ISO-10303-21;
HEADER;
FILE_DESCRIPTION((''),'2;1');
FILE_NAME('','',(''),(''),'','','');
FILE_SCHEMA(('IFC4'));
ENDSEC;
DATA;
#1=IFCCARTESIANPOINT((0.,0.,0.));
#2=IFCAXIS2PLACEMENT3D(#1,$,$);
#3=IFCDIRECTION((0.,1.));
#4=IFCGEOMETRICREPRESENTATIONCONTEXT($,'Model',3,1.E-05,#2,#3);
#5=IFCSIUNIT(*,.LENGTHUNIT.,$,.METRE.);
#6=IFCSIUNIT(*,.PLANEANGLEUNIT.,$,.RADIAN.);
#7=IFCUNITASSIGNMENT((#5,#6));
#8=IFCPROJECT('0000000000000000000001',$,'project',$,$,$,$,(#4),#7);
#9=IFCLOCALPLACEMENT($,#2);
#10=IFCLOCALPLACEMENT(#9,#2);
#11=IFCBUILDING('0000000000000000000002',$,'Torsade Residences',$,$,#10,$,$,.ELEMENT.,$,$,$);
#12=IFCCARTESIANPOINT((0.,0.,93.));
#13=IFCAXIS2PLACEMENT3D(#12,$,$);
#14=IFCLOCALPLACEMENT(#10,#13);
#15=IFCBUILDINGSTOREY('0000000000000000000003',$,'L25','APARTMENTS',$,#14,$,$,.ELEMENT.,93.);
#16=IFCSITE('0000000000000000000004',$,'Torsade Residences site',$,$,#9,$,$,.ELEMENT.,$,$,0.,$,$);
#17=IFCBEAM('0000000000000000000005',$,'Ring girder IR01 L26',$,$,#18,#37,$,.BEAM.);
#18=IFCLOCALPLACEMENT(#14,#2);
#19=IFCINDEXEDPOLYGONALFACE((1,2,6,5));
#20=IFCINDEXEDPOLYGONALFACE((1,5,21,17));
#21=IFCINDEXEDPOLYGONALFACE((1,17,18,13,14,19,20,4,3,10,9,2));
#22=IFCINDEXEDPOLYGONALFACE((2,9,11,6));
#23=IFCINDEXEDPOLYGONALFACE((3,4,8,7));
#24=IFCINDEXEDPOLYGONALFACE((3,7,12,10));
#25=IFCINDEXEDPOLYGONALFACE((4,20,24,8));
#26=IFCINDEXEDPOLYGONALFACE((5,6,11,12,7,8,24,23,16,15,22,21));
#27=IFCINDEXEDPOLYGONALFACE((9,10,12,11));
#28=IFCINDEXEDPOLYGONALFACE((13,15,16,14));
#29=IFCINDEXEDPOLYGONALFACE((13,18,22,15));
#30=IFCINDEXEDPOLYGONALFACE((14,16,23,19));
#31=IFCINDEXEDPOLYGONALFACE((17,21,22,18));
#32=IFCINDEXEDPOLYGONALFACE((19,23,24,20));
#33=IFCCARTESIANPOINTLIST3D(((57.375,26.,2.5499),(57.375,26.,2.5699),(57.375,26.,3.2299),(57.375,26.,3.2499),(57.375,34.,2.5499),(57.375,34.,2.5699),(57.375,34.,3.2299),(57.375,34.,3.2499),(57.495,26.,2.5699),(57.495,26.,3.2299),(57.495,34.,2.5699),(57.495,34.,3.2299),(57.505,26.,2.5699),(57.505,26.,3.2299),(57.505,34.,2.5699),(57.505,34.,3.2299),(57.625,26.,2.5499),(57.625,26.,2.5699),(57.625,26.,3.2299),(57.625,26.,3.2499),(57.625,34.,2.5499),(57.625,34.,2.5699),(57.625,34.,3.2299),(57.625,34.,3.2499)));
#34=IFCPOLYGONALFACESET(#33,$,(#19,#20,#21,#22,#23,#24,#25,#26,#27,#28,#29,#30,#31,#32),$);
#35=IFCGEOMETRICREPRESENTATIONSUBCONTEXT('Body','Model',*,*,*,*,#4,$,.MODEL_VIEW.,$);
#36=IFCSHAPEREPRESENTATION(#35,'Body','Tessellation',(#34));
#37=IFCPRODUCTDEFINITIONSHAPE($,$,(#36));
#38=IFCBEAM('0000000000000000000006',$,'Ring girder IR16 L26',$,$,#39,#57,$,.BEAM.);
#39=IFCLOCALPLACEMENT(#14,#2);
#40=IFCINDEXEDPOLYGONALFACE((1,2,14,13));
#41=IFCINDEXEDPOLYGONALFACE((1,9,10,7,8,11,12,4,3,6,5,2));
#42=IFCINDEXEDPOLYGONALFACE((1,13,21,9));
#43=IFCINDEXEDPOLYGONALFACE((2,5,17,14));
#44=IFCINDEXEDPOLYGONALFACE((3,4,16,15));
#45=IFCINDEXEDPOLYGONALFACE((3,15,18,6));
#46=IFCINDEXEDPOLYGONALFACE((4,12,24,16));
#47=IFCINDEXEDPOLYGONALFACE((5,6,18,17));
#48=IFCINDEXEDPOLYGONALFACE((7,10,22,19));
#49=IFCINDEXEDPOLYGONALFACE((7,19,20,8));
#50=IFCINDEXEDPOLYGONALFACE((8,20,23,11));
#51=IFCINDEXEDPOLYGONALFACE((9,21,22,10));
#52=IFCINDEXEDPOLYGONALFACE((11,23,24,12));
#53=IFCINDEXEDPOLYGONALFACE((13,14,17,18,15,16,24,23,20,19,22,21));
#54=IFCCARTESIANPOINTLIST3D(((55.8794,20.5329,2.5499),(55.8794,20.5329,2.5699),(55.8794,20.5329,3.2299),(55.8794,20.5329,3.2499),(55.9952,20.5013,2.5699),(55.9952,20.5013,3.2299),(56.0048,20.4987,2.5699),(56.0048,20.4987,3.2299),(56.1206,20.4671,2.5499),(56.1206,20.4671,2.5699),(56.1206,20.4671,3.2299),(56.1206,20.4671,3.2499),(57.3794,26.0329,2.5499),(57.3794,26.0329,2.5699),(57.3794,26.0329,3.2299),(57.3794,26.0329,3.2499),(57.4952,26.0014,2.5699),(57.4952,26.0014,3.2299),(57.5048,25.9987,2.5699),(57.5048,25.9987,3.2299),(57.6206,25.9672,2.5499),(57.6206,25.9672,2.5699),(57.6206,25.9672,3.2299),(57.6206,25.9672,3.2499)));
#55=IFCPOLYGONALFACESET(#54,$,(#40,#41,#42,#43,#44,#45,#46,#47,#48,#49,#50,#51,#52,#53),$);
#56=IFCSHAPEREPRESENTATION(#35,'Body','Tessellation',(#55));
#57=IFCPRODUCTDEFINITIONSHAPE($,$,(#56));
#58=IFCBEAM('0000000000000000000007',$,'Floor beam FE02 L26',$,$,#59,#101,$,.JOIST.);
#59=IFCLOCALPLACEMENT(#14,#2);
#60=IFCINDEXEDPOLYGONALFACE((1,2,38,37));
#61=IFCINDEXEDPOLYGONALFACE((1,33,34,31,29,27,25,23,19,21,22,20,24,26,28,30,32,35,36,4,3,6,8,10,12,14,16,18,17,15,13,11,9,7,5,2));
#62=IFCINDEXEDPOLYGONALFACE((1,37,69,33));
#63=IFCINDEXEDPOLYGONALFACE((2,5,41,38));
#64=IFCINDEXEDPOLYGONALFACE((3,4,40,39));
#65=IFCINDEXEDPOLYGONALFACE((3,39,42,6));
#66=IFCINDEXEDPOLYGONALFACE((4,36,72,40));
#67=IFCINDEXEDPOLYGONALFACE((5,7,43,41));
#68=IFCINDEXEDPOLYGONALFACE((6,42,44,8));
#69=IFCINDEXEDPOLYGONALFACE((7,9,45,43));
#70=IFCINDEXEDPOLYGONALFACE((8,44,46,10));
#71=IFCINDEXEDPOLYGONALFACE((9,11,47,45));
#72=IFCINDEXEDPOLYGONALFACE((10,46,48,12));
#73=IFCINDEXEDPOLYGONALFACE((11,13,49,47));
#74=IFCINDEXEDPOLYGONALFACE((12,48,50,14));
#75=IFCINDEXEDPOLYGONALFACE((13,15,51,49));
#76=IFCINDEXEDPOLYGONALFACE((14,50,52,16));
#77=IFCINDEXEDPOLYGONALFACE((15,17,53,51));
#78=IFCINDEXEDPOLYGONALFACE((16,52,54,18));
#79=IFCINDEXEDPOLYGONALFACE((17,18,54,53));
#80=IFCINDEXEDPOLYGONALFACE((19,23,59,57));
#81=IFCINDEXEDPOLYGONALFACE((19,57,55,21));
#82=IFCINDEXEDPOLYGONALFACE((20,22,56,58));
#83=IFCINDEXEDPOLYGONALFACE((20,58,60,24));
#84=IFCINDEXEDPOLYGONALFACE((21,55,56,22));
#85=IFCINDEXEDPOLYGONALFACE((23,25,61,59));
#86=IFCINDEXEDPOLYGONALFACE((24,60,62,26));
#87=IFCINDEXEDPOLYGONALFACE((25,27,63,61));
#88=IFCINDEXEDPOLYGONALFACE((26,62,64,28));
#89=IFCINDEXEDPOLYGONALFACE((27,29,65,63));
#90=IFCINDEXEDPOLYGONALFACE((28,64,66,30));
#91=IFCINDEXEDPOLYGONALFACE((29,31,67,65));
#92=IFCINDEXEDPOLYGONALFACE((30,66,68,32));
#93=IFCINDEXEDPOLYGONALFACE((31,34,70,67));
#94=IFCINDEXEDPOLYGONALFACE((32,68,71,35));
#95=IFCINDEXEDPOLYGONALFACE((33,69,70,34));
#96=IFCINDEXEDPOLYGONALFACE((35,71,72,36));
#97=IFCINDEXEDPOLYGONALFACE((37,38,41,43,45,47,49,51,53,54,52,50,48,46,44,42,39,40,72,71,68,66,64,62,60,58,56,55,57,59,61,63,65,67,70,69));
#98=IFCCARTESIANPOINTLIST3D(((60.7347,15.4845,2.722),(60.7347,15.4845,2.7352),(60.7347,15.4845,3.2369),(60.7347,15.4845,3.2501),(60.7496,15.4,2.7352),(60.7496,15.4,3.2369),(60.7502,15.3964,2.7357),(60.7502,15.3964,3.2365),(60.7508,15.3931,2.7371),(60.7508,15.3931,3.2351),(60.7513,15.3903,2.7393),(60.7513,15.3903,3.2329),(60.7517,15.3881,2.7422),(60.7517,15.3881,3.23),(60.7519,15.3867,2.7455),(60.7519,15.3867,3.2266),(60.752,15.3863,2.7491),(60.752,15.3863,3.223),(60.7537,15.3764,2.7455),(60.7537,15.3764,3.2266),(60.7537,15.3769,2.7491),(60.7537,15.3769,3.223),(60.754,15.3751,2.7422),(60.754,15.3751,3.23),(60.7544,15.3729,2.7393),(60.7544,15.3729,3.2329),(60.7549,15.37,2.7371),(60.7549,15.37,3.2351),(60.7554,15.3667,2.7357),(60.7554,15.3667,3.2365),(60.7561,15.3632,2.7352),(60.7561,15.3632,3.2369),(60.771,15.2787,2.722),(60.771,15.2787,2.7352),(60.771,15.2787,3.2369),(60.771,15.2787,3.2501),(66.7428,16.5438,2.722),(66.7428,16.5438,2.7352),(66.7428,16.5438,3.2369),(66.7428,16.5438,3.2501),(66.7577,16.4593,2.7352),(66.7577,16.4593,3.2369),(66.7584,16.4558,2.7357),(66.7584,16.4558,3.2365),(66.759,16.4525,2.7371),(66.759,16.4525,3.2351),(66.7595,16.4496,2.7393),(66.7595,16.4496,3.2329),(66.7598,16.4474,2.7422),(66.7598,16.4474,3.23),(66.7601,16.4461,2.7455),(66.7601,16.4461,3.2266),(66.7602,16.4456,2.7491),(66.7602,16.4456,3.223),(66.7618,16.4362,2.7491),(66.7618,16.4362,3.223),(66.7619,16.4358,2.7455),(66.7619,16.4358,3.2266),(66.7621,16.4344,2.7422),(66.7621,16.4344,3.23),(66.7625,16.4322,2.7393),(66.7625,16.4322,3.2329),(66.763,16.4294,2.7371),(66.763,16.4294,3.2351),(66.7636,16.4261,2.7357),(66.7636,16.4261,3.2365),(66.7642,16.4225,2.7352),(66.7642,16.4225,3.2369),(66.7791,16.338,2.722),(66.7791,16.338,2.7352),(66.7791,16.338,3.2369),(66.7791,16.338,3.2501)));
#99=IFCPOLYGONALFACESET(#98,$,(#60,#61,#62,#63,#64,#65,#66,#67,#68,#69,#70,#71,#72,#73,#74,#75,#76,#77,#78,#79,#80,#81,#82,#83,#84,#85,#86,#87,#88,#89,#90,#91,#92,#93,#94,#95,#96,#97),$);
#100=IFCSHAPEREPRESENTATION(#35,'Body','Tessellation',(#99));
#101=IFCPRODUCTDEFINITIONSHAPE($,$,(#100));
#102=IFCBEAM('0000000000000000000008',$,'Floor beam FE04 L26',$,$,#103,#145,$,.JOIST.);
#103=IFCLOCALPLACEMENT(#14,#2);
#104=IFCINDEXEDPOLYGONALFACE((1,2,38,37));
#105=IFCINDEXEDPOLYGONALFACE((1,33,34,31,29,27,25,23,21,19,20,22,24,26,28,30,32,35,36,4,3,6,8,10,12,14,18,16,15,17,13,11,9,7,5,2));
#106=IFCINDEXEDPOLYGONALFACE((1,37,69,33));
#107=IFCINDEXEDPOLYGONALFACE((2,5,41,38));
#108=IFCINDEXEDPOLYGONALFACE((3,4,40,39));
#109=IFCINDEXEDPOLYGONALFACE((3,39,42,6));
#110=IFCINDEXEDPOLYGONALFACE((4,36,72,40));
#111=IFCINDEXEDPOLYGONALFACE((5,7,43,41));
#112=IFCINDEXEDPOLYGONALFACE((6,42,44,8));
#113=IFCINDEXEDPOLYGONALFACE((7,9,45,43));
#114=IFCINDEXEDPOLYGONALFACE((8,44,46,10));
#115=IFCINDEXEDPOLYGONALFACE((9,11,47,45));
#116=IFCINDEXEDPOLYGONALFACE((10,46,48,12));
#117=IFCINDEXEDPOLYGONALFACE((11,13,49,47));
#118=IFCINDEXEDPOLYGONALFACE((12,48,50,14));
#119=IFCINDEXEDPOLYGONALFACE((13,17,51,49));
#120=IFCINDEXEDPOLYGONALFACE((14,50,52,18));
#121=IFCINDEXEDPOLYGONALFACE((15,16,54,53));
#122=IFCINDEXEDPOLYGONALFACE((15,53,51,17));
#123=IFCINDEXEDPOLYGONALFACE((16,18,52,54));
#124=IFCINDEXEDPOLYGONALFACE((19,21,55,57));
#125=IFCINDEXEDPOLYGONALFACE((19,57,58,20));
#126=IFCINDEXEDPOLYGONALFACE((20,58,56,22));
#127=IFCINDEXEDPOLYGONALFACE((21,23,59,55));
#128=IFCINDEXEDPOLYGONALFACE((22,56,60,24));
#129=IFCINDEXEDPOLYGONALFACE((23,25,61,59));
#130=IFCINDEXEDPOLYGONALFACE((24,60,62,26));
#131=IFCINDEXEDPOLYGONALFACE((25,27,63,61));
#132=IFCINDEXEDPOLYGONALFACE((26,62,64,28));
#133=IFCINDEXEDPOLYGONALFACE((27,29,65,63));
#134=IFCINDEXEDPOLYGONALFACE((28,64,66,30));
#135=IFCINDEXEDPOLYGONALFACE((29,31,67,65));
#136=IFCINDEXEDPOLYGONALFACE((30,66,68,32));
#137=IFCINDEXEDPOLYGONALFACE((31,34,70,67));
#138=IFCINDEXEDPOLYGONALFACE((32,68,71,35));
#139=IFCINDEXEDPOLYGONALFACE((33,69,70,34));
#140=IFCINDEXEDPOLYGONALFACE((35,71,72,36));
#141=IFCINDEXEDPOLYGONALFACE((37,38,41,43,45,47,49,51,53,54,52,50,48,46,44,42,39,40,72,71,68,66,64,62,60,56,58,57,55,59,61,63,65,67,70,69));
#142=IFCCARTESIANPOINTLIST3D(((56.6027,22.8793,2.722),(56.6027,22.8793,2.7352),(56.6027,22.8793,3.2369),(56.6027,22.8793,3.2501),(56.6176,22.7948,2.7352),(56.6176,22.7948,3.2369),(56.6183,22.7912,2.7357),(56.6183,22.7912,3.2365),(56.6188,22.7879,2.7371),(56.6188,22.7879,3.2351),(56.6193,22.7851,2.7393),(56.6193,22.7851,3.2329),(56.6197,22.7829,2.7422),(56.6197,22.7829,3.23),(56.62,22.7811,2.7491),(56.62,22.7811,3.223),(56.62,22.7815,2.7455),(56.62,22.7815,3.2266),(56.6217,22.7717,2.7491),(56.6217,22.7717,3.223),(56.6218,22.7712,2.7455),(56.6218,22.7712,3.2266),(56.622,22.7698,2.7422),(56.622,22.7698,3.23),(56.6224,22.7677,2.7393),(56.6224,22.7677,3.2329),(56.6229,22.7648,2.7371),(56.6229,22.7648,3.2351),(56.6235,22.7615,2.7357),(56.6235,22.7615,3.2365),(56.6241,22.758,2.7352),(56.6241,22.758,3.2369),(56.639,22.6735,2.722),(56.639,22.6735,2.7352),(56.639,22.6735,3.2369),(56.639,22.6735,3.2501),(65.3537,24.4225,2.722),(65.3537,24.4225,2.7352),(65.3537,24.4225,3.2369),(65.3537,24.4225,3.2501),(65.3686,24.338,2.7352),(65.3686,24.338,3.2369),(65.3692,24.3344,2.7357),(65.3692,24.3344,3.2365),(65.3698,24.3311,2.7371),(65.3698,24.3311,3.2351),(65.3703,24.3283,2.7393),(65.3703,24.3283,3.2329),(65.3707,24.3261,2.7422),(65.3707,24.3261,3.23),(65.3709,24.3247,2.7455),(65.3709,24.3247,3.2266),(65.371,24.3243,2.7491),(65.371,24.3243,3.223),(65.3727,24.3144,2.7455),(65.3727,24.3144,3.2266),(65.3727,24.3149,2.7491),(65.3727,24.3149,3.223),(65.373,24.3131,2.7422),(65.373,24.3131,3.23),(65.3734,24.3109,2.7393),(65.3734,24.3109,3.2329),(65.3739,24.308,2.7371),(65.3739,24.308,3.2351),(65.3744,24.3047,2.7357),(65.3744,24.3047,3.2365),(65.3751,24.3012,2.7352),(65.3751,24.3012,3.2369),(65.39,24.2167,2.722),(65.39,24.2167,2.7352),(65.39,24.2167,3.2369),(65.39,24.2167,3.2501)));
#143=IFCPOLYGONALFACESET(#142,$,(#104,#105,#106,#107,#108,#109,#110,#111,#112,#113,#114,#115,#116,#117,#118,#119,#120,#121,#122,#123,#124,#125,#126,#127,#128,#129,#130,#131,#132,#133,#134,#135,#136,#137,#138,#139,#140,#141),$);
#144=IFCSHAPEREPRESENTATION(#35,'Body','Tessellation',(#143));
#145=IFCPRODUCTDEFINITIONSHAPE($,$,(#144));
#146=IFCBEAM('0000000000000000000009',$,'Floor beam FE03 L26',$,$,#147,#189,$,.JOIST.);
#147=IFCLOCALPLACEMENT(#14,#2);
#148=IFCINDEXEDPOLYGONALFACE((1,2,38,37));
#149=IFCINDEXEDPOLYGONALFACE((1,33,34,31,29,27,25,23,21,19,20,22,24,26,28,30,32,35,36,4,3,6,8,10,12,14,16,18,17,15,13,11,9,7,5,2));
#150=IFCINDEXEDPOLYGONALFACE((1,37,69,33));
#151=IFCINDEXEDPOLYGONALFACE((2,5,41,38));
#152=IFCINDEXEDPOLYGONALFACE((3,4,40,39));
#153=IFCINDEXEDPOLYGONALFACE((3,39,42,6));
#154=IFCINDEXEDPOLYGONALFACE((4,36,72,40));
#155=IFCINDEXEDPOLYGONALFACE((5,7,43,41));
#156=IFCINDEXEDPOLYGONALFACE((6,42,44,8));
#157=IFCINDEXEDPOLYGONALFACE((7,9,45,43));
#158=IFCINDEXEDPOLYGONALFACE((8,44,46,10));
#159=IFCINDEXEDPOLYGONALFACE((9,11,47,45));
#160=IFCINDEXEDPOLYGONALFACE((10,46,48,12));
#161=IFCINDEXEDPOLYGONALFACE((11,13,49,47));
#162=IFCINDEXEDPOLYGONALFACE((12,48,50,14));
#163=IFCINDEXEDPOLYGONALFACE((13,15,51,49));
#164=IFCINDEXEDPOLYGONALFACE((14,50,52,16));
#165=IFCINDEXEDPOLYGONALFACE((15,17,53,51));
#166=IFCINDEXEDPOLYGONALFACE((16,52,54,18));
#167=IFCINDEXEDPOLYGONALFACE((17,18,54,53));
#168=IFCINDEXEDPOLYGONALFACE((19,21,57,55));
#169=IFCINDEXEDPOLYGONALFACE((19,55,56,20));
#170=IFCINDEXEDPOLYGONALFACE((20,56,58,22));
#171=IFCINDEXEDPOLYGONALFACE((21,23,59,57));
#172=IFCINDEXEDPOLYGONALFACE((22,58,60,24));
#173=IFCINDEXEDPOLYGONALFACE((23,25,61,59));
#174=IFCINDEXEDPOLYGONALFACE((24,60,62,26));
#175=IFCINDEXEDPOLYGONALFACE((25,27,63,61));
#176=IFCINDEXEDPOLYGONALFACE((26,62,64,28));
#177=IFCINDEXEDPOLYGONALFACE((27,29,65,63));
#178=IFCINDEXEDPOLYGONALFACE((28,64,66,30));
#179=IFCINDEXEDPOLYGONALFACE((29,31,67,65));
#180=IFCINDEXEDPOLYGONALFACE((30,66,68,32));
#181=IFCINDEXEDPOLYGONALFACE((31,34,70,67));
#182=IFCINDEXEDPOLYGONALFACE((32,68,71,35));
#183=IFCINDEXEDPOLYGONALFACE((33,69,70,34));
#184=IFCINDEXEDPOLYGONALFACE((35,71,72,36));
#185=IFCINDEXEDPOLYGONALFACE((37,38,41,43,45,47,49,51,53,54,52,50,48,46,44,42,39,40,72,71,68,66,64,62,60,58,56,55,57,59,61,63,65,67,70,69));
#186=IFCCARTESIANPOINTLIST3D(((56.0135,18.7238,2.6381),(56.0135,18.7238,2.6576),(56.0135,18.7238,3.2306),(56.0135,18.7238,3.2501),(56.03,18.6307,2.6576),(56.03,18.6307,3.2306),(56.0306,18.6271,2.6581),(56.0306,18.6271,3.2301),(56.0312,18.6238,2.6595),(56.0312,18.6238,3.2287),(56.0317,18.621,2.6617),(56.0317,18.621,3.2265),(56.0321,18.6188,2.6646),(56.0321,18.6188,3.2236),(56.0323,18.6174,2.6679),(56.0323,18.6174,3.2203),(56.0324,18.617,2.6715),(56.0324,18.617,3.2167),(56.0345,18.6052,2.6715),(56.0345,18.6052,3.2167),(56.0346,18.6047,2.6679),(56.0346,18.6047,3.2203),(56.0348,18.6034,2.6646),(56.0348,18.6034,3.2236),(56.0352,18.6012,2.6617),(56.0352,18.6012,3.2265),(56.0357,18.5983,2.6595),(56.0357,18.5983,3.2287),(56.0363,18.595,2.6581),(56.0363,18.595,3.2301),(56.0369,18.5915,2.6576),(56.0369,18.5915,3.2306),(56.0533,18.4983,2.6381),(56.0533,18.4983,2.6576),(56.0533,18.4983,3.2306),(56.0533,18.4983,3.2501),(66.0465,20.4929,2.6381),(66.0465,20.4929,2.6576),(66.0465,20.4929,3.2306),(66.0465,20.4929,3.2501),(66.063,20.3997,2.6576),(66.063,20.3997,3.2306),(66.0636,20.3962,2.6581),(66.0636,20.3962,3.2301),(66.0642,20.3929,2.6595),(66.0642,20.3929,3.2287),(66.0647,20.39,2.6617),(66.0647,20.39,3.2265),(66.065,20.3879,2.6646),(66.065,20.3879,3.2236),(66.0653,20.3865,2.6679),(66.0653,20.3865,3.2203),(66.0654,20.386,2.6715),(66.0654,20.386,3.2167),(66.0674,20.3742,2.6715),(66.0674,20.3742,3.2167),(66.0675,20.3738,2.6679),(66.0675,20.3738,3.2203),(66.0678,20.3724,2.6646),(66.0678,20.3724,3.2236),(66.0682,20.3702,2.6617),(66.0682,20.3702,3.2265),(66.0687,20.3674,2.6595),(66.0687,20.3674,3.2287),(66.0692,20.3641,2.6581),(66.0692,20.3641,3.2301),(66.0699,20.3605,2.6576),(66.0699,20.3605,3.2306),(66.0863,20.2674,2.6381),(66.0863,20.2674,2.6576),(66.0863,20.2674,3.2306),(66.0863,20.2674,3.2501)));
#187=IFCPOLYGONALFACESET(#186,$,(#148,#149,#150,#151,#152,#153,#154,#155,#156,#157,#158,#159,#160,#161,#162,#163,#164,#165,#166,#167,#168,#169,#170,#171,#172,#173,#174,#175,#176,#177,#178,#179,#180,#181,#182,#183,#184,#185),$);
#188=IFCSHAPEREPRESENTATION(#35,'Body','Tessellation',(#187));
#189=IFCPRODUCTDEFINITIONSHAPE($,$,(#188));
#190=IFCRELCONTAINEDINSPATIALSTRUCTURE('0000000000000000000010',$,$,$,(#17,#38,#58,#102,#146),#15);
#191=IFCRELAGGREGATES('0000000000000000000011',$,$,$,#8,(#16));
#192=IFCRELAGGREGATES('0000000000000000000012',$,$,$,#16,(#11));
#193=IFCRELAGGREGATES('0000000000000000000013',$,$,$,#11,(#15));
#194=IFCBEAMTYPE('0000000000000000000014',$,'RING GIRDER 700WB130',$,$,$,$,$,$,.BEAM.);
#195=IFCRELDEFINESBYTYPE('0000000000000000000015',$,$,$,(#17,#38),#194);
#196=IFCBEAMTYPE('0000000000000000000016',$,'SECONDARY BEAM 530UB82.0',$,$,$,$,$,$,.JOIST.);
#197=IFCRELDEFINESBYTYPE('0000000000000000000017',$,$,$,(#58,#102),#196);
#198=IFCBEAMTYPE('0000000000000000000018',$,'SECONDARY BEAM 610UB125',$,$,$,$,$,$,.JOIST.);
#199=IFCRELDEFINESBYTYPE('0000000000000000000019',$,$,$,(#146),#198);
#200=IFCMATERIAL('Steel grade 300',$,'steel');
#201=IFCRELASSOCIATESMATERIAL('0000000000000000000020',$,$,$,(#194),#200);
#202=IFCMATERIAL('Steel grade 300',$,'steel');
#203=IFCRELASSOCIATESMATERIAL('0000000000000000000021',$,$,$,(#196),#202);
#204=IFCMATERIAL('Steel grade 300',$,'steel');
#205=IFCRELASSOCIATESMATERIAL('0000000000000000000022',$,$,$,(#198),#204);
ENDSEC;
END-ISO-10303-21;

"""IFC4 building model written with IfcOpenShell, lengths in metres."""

from ifc_helpers import new_model, si_unit, direction, frame, origin, origin_2d, place, context, subcontext, project, spatial, i_section, extrude, material, material_profile, profile_set, type_object, element, save


model = new_model("IFC4")

# Units and contexts
model_context = context("Model", 3, precision=1e-05, world=origin(), true_north=direction((0.0, 1.0)))
body_context = subcontext(model_context, "Body", "Model", "MODEL_VIEW")
ifc_project = project(units=[si_unit("LENGTHUNIT", "METRE"), si_unit("PLANEANGLEUNIT", "RADIAN")], contexts=[model_context])

# Site, building, storey
site_placement = place(None, origin())
site = spatial("IfcSite", under=ifc_project, at=site_placement, Name="Torsade Residences site", CompositionType="ELEMENT", RefElevation=0.0)
building_placement = place(site_placement, origin())
building = spatial("IfcBuilding", under=site, at=building_placement, Name="Torsade Residences", CompositionType="ELEMENT")
storey_placement = place(building_placement, frame((0.0, 0.0, 93.0)))
storey = spatial("IfcBuildingStorey", under=building, at=storey_placement, Name="L25", Description="APARTMENTS", CompositionType="ELEMENT", Elevation=93.0)

# Beams
ifc_material_1 = material(Name="Steel grade 300", Category="steel")
ifc_material_profile_1 = material_profile(ifc_material_1, i_section(OverallWidth=0.25, OverallDepth=0.7, WebThickness=0.01, FlangeThickness=0.02, at=origin_2d()), Name="700WB130")
ifc_profile_set_1 = profile_set([ifc_material_profile_1], Name="Steel grade 300")
beam_type_1 = type_object("IfcBeamType", Name="RING GIRDER 700WB130", PredefinedType="BEAM", material=ifc_profile_set_1)
beam_1_placement = place(storey_placement, frame((57.5, 26.0, 2.8999), z_axis=(0.0, 1.0, 0.0), x_axis=(-1.0, 0.0, 0.0)))
element("IfcBeam", 1, at=beam_1_placement, inside=storey, type_object=beam_type_1, Name="Ring girder IR01 L26", PredefinedType="BEAM", context=body_context, shape_type="SweptSolid", body=[
    extrude(i_section(OverallWidth=0.25, OverallDepth=0.7, WebThickness=0.01, FlangeThickness=0.02, at=origin_2d()), origin(), (0.0, 0.0, 1.0), 8.0),
])
beam_2_placement = place(storey_placement, frame((56.0, 20.5, 2.8999), z_axis=(0.263117, 0.964764, 0.0), x_axis=(-0.964764, 0.263117, 0.0)))
element("IfcBeam", 2, at=beam_2_placement, inside=storey, type_object=beam_type_1, Name="Ring girder IR16 L26", PredefinedType="BEAM", context=body_context, shape_type="SweptSolid", body=[
    extrude(i_section(OverallWidth=0.25, OverallDepth=0.7, WebThickness=0.01, FlangeThickness=0.02, at=origin_2d()), origin(), (0.0, 0.0, 1.0), 5.7009),
])
ifc_material_2 = material(Name="Steel grade 300", Category="steel")
ifc_material_profile_2 = material_profile(ifc_material_2, i_section(OverallWidth=0.209, OverallDepth=0.5281, WebThickness=0.0095, FlangeThickness=0.0132, FilletRadius=0.0139, at=origin_2d()), Name="530UB82.0")
ifc_profile_set_2 = profile_set([ifc_material_profile_2], Name="Steel grade 300")
beam_type_2 = type_object("IfcBeamType", Name="SECONDARY BEAM 530UB82.0", PredefinedType="JOIST", material=ifc_profile_set_2)
beam_3_placement = place(storey_placement, frame((66.761, 16.4409, 2.9861), z_axis=(-0.984809, -0.173639, 0.0), x_axis=(0.173639, -0.984809, 0.0)))
element("IfcBeam", 3, at=beam_3_placement, inside=storey, type_object=beam_type_2, Name="Floor beam FE02 L26", PredefinedType="JOIST", context=body_context, shape_type="SweptSolid", body=[
    extrude(i_section(OverallWidth=0.209, OverallDepth=0.5281, WebThickness=0.0095, FlangeThickness=0.0132, FilletRadius=0.0139, at=origin_2d()), origin(), (0.0, 0.0, 1.0), 6.1008),
])
beam_4_placement = place(storey_placement, frame((65.3718, 24.3196, 2.9861), z_axis=(-0.984804, -0.173668, 0.0), x_axis=(0.173668, -0.984804, 0.0)))
element("IfcBeam", 4, at=beam_4_placement, inside=storey, type_object=beam_type_2, Name="Floor beam FE04 L26", PredefinedType="JOIST", context=body_context, shape_type="SweptSolid", body=[
    extrude(i_section(OverallWidth=0.209, OverallDepth=0.5281, WebThickness=0.0095, FlangeThickness=0.0132, FilletRadius=0.0139, at=origin_2d()), origin(), (0.0, 0.0, 1.0), 8.886),
])
ifc_material_3 = material(Name="Steel grade 300", Category="steel")
ifc_material_profile_3 = material_profile(ifc_material_3, i_section(OverallWidth=0.229, OverallDepth=0.6121, WebThickness=0.012, FlangeThickness=0.0195, FilletRadius=0.0139, at=origin_2d()), Name="610UB125")
ifc_profile_set_3 = profile_set([ifc_material_profile_3], Name="Steel grade 300")
beam_type_3 = type_object("IfcBeamType", Name="SECONDARY BEAM 610UB125", PredefinedType="JOIST", material=ifc_profile_set_3)
beam_5_placement = place(storey_placement, frame((66.0664, 20.3801, 2.9441), z_axis=(-0.984808, -0.173645, 0.0), x_axis=(0.173645, -0.984808, 0.0)))
element("IfcBeam", 5, at=beam_5_placement, inside=storey, type_object=beam_type_3, Name="Floor beam FE03 L26", PredefinedType="JOIST", context=body_context, shape_type="SweptSolid", body=[
    extrude(i_section(OverallWidth=0.229, OverallDepth=0.6121, WebThickness=0.012, FlangeThickness=0.0195, FilletRadius=0.0139, at=origin_2d()), origin(), (0.0, 0.0, 1.0), 10.1877),
])

save(model, "model.ifc")
